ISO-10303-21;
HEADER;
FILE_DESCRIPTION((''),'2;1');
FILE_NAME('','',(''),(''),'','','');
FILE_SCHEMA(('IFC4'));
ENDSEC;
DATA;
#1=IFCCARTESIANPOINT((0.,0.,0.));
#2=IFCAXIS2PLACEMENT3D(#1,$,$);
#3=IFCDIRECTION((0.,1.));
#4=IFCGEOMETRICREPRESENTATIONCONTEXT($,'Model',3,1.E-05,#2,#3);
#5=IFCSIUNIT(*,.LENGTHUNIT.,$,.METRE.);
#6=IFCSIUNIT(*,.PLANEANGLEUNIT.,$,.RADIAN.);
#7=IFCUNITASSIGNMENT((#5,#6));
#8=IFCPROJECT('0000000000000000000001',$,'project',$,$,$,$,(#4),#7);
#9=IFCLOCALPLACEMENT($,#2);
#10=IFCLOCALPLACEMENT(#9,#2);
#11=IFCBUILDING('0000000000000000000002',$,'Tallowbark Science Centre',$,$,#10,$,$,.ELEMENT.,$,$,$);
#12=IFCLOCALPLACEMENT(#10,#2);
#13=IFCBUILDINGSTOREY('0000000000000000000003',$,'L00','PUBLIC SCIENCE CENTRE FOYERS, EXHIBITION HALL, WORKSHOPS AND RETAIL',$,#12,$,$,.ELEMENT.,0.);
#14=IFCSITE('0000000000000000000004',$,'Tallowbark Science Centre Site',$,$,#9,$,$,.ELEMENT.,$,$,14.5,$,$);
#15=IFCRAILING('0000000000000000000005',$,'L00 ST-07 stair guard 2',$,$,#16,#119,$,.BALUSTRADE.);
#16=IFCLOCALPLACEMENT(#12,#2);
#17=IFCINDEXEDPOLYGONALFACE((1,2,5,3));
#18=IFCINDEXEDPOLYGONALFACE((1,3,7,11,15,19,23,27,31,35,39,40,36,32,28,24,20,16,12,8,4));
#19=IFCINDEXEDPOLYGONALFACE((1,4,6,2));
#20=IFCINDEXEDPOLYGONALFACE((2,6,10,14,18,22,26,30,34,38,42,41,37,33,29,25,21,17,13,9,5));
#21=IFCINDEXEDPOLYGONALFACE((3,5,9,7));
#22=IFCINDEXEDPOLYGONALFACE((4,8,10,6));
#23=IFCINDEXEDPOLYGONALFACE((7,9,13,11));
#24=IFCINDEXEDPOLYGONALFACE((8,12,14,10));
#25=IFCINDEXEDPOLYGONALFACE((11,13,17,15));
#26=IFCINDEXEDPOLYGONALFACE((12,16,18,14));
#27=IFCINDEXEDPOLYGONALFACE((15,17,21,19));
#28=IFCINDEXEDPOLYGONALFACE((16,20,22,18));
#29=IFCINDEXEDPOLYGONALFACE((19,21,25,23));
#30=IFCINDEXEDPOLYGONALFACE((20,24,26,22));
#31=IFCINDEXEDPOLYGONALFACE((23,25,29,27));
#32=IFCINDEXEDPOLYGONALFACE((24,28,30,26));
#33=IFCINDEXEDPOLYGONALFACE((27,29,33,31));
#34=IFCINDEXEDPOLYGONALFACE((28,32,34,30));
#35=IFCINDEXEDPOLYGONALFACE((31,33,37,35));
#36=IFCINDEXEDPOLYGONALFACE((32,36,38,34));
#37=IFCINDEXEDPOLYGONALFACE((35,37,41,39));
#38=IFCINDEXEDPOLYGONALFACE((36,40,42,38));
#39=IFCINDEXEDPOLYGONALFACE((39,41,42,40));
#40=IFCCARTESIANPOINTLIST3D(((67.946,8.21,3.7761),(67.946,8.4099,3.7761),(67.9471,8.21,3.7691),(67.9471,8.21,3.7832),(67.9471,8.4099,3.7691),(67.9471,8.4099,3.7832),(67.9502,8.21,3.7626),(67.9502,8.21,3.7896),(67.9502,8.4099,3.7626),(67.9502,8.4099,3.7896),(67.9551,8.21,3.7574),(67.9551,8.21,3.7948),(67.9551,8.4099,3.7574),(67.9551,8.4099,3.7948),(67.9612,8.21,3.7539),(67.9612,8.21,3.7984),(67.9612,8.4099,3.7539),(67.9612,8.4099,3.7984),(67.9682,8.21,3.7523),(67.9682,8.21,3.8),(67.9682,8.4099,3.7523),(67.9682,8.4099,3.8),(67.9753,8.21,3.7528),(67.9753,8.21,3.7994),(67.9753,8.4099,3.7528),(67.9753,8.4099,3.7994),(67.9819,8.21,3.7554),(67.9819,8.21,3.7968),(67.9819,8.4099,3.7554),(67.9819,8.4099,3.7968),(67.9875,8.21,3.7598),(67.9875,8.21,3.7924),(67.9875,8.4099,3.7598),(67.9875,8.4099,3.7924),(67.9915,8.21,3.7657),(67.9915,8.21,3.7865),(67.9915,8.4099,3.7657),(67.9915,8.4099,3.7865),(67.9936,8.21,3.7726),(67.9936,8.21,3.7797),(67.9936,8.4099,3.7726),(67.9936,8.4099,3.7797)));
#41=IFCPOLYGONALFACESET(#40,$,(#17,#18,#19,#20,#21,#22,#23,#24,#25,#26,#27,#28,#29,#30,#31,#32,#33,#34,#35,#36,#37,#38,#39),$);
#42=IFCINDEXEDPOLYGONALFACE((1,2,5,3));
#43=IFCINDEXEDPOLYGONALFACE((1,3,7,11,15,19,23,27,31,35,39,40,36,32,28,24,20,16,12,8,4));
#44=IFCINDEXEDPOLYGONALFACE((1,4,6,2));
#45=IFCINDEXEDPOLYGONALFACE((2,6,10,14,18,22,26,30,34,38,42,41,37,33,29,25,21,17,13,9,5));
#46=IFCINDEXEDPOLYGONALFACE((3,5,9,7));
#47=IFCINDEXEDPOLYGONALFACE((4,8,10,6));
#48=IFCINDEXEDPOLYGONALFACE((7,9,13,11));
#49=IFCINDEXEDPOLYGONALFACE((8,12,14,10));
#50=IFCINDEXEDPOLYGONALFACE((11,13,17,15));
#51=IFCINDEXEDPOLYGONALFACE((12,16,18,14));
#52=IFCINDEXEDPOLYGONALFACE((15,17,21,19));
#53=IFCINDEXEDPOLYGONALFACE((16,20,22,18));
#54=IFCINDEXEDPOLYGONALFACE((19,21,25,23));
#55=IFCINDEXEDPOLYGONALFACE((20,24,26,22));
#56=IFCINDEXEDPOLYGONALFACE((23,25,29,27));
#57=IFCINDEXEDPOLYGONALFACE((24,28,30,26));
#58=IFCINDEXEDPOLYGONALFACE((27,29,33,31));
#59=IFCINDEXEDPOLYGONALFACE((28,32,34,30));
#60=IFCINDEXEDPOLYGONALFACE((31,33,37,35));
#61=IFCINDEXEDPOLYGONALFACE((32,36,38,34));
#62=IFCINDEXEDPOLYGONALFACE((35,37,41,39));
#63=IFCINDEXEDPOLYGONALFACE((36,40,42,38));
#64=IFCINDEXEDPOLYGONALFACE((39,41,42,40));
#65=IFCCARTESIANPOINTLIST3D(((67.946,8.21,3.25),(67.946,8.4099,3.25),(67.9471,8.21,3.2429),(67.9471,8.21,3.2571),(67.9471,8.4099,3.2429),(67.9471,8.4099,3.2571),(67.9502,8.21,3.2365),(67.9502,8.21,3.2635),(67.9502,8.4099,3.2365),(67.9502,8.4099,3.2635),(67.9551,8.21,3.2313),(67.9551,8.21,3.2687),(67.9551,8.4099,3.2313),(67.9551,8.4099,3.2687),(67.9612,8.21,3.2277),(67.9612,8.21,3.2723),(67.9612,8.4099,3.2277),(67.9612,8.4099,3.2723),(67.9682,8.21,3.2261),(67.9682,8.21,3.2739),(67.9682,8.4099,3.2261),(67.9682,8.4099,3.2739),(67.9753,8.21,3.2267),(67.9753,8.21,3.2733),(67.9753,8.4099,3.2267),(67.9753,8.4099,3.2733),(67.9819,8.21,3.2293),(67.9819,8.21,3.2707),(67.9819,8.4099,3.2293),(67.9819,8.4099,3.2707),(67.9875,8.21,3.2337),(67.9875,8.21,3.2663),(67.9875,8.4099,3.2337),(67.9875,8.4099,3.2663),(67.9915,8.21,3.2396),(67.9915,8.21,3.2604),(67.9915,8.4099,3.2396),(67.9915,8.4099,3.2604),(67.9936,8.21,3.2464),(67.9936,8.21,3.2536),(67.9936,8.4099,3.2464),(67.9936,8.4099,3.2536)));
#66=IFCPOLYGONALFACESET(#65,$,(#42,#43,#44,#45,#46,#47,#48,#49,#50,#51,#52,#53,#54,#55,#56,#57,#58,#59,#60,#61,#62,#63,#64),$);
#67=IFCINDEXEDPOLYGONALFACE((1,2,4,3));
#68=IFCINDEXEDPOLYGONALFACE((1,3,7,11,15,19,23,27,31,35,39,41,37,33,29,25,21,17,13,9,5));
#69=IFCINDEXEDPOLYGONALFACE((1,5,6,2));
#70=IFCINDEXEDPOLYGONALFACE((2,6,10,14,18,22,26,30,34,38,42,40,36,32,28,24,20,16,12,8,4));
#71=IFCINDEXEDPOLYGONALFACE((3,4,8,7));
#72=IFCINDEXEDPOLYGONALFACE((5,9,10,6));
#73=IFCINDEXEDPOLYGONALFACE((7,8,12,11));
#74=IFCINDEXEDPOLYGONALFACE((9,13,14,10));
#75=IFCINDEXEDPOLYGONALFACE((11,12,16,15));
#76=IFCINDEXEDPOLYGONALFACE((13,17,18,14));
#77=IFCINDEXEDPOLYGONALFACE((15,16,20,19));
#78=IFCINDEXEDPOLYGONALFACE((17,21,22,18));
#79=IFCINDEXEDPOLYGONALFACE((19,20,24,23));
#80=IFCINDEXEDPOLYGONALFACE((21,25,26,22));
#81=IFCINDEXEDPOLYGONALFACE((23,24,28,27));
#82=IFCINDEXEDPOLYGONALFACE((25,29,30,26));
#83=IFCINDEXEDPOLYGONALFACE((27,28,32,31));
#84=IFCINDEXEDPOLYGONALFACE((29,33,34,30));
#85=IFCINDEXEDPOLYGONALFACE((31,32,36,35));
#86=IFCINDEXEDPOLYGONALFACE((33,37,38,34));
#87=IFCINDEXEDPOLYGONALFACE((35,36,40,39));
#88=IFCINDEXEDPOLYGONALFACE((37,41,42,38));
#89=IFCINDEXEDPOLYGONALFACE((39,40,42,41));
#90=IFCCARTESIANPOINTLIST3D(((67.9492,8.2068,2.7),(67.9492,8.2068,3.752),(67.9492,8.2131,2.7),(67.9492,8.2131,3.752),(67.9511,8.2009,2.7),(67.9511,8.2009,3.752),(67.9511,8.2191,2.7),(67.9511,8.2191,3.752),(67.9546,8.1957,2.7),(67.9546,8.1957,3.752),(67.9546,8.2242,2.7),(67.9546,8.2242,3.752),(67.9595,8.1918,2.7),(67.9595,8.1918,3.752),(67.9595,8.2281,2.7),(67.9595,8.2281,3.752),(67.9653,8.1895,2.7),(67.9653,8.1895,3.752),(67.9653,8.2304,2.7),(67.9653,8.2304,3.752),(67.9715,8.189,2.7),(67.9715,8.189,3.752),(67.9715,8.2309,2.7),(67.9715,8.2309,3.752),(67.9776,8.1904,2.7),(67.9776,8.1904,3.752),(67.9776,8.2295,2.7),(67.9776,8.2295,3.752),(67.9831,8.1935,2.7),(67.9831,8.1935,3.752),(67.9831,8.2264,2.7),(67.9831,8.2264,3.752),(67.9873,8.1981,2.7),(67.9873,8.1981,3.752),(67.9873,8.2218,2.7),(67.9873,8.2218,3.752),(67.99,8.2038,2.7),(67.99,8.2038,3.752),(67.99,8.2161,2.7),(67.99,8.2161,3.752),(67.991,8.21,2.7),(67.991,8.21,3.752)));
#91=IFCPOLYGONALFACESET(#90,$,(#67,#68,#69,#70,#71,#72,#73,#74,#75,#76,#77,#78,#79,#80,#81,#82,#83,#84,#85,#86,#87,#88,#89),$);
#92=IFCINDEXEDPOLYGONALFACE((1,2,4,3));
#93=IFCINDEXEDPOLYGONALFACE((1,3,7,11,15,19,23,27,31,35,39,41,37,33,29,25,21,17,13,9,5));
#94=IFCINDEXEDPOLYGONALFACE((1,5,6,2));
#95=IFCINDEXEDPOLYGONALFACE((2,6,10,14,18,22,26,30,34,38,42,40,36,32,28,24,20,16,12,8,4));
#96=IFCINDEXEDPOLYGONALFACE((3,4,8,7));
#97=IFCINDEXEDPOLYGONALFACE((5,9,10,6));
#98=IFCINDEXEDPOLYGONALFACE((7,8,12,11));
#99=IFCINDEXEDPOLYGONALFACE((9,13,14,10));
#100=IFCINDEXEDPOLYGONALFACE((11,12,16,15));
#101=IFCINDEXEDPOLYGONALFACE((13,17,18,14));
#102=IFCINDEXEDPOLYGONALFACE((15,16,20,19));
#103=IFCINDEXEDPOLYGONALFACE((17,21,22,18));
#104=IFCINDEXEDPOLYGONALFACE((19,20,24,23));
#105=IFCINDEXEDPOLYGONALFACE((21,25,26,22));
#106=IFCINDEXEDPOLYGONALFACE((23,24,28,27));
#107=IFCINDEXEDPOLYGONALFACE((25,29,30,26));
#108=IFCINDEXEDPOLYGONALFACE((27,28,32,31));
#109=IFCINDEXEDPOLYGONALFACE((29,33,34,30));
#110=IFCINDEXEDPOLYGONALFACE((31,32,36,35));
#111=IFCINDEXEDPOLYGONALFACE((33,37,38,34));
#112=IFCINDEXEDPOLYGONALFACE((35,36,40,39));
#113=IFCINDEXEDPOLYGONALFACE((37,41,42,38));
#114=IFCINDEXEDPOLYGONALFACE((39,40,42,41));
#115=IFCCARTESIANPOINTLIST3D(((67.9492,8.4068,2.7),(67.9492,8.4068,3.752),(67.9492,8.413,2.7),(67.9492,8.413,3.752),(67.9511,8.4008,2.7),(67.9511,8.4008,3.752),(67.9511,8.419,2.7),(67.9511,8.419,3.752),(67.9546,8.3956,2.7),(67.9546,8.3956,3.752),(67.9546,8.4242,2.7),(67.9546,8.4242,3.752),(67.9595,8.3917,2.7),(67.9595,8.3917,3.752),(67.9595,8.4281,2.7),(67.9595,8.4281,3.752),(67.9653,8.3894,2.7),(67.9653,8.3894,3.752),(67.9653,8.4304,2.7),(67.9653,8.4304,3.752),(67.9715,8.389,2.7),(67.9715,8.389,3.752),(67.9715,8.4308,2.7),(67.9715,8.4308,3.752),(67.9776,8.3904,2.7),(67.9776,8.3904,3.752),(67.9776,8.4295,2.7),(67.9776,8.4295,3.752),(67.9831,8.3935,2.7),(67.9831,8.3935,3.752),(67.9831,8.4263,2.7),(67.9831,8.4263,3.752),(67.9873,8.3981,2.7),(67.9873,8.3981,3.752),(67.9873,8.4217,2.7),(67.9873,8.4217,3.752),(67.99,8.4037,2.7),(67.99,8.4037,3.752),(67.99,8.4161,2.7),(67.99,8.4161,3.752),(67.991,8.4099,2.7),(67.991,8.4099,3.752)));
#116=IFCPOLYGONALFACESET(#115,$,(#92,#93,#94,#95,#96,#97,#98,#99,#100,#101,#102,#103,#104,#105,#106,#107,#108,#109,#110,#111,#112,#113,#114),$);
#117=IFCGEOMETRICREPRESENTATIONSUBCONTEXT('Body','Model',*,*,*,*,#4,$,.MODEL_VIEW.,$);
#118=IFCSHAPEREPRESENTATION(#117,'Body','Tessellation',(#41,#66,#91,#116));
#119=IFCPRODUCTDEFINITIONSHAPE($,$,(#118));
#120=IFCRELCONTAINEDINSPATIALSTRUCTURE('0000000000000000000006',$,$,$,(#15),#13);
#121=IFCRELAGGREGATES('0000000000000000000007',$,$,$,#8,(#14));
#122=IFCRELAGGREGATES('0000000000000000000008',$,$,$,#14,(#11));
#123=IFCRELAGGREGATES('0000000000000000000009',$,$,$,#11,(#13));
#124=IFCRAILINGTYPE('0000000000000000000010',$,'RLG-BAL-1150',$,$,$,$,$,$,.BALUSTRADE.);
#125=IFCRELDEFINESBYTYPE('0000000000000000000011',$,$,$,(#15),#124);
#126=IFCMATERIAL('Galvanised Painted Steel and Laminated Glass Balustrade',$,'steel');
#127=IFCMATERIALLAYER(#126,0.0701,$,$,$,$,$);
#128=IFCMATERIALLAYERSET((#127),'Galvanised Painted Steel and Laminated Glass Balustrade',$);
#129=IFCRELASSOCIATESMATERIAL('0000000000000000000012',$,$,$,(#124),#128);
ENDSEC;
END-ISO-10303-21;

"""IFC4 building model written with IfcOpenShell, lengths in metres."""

from ifc_helpers import new_model, si_unit, direction, frame, origin, origin_2d, place, context, subcontext, project, spatial, circle, extrude, material, layer, layer_set, type_object, element, save


model = new_model("IFC4")

# Units and contexts
model_context = context("Model", 3, precision=1e-05, world=origin(), true_north=direction((0.0, 1.0)))
body_context = subcontext(model_context, "Body", "Model", "MODEL_VIEW")
ifc_project = project(units=[si_unit("LENGTHUNIT", "METRE"), si_unit("PLANEANGLEUNIT", "RADIAN")], contexts=[model_context])

# Site, building, storey
site_placement = place(None, origin())
site = spatial("IfcSite", under=ifc_project, at=site_placement, Name="Tallowbark Science Centre Site", CompositionType="ELEMENT", RefElevation=14.5)
building_placement = place(site_placement, origin())
building = spatial("IfcBuilding", under=site, at=building_placement, Name="Tallowbark Science Centre", CompositionType="ELEMENT")
storey_placement = place(building_placement, origin())
storey = spatial("IfcBuildingStorey", under=building, at=storey_placement, Name="L00", Description="PUBLIC SCIENCE CENTRE FOYERS, EXHIBITION HALL, WORKSHOPS AND RETAIL", CompositionType="ELEMENT", Elevation=0.0)

# Railing
ifc_material_1 = material(Name="Galvanised Painted Steel and Laminated Glass Balustrade", Category="steel")
ifc_layer_1 = layer(ifc_material_1, 0.0701)
ifc_layer_set_1 = layer_set([ifc_layer_1], Name="Galvanised Painted Steel and Laminated Glass Balustrade")
railing_type_1 = type_object("IfcRailingType", Name="RLG-BAL-1150", PredefinedType="BALUSTRADE", material=ifc_layer_set_1)
railing_1_placement = place(storey_placement, frame((67.97, 8.21, 2.7)))
element("IfcRailing", 1, at=railing_1_placement, inside=storey, type_object=railing_type_1, Name="L00 ST-07 stair guard 2", PredefinedType="BALUSTRADE", context=body_context, shape_type="SweptSolid", body=[
    extrude(circle(Radius=0.0239, at=origin_2d()), frame((0.0, 0.0, 1.0762), z_axis=(0.0, 1.0, 0.0), x_axis=(-1.0, 0.0, 0.0)), (0.0, 0.0, 1.0), 0.2),
    extrude(circle(Radius=0.0239, at=origin_2d()), frame((0.0, 0.0, 0.55), z_axis=(0.0, 1.0, 0.0), x_axis=(-1.0, 0.0, 0.0)), (0.0, 0.0, 1.0), 0.2),
    extrude(circle(Radius=0.021, at=origin_2d()), origin(), (0.0, 0.0, 1.0), 1.052),
    extrude(circle(Radius=0.021, at=origin_2d()), frame((0.0, 0.2, 0.0)), (0.0, 0.0, 1.0), 1.052),
])

save(model, "model.ifc")
